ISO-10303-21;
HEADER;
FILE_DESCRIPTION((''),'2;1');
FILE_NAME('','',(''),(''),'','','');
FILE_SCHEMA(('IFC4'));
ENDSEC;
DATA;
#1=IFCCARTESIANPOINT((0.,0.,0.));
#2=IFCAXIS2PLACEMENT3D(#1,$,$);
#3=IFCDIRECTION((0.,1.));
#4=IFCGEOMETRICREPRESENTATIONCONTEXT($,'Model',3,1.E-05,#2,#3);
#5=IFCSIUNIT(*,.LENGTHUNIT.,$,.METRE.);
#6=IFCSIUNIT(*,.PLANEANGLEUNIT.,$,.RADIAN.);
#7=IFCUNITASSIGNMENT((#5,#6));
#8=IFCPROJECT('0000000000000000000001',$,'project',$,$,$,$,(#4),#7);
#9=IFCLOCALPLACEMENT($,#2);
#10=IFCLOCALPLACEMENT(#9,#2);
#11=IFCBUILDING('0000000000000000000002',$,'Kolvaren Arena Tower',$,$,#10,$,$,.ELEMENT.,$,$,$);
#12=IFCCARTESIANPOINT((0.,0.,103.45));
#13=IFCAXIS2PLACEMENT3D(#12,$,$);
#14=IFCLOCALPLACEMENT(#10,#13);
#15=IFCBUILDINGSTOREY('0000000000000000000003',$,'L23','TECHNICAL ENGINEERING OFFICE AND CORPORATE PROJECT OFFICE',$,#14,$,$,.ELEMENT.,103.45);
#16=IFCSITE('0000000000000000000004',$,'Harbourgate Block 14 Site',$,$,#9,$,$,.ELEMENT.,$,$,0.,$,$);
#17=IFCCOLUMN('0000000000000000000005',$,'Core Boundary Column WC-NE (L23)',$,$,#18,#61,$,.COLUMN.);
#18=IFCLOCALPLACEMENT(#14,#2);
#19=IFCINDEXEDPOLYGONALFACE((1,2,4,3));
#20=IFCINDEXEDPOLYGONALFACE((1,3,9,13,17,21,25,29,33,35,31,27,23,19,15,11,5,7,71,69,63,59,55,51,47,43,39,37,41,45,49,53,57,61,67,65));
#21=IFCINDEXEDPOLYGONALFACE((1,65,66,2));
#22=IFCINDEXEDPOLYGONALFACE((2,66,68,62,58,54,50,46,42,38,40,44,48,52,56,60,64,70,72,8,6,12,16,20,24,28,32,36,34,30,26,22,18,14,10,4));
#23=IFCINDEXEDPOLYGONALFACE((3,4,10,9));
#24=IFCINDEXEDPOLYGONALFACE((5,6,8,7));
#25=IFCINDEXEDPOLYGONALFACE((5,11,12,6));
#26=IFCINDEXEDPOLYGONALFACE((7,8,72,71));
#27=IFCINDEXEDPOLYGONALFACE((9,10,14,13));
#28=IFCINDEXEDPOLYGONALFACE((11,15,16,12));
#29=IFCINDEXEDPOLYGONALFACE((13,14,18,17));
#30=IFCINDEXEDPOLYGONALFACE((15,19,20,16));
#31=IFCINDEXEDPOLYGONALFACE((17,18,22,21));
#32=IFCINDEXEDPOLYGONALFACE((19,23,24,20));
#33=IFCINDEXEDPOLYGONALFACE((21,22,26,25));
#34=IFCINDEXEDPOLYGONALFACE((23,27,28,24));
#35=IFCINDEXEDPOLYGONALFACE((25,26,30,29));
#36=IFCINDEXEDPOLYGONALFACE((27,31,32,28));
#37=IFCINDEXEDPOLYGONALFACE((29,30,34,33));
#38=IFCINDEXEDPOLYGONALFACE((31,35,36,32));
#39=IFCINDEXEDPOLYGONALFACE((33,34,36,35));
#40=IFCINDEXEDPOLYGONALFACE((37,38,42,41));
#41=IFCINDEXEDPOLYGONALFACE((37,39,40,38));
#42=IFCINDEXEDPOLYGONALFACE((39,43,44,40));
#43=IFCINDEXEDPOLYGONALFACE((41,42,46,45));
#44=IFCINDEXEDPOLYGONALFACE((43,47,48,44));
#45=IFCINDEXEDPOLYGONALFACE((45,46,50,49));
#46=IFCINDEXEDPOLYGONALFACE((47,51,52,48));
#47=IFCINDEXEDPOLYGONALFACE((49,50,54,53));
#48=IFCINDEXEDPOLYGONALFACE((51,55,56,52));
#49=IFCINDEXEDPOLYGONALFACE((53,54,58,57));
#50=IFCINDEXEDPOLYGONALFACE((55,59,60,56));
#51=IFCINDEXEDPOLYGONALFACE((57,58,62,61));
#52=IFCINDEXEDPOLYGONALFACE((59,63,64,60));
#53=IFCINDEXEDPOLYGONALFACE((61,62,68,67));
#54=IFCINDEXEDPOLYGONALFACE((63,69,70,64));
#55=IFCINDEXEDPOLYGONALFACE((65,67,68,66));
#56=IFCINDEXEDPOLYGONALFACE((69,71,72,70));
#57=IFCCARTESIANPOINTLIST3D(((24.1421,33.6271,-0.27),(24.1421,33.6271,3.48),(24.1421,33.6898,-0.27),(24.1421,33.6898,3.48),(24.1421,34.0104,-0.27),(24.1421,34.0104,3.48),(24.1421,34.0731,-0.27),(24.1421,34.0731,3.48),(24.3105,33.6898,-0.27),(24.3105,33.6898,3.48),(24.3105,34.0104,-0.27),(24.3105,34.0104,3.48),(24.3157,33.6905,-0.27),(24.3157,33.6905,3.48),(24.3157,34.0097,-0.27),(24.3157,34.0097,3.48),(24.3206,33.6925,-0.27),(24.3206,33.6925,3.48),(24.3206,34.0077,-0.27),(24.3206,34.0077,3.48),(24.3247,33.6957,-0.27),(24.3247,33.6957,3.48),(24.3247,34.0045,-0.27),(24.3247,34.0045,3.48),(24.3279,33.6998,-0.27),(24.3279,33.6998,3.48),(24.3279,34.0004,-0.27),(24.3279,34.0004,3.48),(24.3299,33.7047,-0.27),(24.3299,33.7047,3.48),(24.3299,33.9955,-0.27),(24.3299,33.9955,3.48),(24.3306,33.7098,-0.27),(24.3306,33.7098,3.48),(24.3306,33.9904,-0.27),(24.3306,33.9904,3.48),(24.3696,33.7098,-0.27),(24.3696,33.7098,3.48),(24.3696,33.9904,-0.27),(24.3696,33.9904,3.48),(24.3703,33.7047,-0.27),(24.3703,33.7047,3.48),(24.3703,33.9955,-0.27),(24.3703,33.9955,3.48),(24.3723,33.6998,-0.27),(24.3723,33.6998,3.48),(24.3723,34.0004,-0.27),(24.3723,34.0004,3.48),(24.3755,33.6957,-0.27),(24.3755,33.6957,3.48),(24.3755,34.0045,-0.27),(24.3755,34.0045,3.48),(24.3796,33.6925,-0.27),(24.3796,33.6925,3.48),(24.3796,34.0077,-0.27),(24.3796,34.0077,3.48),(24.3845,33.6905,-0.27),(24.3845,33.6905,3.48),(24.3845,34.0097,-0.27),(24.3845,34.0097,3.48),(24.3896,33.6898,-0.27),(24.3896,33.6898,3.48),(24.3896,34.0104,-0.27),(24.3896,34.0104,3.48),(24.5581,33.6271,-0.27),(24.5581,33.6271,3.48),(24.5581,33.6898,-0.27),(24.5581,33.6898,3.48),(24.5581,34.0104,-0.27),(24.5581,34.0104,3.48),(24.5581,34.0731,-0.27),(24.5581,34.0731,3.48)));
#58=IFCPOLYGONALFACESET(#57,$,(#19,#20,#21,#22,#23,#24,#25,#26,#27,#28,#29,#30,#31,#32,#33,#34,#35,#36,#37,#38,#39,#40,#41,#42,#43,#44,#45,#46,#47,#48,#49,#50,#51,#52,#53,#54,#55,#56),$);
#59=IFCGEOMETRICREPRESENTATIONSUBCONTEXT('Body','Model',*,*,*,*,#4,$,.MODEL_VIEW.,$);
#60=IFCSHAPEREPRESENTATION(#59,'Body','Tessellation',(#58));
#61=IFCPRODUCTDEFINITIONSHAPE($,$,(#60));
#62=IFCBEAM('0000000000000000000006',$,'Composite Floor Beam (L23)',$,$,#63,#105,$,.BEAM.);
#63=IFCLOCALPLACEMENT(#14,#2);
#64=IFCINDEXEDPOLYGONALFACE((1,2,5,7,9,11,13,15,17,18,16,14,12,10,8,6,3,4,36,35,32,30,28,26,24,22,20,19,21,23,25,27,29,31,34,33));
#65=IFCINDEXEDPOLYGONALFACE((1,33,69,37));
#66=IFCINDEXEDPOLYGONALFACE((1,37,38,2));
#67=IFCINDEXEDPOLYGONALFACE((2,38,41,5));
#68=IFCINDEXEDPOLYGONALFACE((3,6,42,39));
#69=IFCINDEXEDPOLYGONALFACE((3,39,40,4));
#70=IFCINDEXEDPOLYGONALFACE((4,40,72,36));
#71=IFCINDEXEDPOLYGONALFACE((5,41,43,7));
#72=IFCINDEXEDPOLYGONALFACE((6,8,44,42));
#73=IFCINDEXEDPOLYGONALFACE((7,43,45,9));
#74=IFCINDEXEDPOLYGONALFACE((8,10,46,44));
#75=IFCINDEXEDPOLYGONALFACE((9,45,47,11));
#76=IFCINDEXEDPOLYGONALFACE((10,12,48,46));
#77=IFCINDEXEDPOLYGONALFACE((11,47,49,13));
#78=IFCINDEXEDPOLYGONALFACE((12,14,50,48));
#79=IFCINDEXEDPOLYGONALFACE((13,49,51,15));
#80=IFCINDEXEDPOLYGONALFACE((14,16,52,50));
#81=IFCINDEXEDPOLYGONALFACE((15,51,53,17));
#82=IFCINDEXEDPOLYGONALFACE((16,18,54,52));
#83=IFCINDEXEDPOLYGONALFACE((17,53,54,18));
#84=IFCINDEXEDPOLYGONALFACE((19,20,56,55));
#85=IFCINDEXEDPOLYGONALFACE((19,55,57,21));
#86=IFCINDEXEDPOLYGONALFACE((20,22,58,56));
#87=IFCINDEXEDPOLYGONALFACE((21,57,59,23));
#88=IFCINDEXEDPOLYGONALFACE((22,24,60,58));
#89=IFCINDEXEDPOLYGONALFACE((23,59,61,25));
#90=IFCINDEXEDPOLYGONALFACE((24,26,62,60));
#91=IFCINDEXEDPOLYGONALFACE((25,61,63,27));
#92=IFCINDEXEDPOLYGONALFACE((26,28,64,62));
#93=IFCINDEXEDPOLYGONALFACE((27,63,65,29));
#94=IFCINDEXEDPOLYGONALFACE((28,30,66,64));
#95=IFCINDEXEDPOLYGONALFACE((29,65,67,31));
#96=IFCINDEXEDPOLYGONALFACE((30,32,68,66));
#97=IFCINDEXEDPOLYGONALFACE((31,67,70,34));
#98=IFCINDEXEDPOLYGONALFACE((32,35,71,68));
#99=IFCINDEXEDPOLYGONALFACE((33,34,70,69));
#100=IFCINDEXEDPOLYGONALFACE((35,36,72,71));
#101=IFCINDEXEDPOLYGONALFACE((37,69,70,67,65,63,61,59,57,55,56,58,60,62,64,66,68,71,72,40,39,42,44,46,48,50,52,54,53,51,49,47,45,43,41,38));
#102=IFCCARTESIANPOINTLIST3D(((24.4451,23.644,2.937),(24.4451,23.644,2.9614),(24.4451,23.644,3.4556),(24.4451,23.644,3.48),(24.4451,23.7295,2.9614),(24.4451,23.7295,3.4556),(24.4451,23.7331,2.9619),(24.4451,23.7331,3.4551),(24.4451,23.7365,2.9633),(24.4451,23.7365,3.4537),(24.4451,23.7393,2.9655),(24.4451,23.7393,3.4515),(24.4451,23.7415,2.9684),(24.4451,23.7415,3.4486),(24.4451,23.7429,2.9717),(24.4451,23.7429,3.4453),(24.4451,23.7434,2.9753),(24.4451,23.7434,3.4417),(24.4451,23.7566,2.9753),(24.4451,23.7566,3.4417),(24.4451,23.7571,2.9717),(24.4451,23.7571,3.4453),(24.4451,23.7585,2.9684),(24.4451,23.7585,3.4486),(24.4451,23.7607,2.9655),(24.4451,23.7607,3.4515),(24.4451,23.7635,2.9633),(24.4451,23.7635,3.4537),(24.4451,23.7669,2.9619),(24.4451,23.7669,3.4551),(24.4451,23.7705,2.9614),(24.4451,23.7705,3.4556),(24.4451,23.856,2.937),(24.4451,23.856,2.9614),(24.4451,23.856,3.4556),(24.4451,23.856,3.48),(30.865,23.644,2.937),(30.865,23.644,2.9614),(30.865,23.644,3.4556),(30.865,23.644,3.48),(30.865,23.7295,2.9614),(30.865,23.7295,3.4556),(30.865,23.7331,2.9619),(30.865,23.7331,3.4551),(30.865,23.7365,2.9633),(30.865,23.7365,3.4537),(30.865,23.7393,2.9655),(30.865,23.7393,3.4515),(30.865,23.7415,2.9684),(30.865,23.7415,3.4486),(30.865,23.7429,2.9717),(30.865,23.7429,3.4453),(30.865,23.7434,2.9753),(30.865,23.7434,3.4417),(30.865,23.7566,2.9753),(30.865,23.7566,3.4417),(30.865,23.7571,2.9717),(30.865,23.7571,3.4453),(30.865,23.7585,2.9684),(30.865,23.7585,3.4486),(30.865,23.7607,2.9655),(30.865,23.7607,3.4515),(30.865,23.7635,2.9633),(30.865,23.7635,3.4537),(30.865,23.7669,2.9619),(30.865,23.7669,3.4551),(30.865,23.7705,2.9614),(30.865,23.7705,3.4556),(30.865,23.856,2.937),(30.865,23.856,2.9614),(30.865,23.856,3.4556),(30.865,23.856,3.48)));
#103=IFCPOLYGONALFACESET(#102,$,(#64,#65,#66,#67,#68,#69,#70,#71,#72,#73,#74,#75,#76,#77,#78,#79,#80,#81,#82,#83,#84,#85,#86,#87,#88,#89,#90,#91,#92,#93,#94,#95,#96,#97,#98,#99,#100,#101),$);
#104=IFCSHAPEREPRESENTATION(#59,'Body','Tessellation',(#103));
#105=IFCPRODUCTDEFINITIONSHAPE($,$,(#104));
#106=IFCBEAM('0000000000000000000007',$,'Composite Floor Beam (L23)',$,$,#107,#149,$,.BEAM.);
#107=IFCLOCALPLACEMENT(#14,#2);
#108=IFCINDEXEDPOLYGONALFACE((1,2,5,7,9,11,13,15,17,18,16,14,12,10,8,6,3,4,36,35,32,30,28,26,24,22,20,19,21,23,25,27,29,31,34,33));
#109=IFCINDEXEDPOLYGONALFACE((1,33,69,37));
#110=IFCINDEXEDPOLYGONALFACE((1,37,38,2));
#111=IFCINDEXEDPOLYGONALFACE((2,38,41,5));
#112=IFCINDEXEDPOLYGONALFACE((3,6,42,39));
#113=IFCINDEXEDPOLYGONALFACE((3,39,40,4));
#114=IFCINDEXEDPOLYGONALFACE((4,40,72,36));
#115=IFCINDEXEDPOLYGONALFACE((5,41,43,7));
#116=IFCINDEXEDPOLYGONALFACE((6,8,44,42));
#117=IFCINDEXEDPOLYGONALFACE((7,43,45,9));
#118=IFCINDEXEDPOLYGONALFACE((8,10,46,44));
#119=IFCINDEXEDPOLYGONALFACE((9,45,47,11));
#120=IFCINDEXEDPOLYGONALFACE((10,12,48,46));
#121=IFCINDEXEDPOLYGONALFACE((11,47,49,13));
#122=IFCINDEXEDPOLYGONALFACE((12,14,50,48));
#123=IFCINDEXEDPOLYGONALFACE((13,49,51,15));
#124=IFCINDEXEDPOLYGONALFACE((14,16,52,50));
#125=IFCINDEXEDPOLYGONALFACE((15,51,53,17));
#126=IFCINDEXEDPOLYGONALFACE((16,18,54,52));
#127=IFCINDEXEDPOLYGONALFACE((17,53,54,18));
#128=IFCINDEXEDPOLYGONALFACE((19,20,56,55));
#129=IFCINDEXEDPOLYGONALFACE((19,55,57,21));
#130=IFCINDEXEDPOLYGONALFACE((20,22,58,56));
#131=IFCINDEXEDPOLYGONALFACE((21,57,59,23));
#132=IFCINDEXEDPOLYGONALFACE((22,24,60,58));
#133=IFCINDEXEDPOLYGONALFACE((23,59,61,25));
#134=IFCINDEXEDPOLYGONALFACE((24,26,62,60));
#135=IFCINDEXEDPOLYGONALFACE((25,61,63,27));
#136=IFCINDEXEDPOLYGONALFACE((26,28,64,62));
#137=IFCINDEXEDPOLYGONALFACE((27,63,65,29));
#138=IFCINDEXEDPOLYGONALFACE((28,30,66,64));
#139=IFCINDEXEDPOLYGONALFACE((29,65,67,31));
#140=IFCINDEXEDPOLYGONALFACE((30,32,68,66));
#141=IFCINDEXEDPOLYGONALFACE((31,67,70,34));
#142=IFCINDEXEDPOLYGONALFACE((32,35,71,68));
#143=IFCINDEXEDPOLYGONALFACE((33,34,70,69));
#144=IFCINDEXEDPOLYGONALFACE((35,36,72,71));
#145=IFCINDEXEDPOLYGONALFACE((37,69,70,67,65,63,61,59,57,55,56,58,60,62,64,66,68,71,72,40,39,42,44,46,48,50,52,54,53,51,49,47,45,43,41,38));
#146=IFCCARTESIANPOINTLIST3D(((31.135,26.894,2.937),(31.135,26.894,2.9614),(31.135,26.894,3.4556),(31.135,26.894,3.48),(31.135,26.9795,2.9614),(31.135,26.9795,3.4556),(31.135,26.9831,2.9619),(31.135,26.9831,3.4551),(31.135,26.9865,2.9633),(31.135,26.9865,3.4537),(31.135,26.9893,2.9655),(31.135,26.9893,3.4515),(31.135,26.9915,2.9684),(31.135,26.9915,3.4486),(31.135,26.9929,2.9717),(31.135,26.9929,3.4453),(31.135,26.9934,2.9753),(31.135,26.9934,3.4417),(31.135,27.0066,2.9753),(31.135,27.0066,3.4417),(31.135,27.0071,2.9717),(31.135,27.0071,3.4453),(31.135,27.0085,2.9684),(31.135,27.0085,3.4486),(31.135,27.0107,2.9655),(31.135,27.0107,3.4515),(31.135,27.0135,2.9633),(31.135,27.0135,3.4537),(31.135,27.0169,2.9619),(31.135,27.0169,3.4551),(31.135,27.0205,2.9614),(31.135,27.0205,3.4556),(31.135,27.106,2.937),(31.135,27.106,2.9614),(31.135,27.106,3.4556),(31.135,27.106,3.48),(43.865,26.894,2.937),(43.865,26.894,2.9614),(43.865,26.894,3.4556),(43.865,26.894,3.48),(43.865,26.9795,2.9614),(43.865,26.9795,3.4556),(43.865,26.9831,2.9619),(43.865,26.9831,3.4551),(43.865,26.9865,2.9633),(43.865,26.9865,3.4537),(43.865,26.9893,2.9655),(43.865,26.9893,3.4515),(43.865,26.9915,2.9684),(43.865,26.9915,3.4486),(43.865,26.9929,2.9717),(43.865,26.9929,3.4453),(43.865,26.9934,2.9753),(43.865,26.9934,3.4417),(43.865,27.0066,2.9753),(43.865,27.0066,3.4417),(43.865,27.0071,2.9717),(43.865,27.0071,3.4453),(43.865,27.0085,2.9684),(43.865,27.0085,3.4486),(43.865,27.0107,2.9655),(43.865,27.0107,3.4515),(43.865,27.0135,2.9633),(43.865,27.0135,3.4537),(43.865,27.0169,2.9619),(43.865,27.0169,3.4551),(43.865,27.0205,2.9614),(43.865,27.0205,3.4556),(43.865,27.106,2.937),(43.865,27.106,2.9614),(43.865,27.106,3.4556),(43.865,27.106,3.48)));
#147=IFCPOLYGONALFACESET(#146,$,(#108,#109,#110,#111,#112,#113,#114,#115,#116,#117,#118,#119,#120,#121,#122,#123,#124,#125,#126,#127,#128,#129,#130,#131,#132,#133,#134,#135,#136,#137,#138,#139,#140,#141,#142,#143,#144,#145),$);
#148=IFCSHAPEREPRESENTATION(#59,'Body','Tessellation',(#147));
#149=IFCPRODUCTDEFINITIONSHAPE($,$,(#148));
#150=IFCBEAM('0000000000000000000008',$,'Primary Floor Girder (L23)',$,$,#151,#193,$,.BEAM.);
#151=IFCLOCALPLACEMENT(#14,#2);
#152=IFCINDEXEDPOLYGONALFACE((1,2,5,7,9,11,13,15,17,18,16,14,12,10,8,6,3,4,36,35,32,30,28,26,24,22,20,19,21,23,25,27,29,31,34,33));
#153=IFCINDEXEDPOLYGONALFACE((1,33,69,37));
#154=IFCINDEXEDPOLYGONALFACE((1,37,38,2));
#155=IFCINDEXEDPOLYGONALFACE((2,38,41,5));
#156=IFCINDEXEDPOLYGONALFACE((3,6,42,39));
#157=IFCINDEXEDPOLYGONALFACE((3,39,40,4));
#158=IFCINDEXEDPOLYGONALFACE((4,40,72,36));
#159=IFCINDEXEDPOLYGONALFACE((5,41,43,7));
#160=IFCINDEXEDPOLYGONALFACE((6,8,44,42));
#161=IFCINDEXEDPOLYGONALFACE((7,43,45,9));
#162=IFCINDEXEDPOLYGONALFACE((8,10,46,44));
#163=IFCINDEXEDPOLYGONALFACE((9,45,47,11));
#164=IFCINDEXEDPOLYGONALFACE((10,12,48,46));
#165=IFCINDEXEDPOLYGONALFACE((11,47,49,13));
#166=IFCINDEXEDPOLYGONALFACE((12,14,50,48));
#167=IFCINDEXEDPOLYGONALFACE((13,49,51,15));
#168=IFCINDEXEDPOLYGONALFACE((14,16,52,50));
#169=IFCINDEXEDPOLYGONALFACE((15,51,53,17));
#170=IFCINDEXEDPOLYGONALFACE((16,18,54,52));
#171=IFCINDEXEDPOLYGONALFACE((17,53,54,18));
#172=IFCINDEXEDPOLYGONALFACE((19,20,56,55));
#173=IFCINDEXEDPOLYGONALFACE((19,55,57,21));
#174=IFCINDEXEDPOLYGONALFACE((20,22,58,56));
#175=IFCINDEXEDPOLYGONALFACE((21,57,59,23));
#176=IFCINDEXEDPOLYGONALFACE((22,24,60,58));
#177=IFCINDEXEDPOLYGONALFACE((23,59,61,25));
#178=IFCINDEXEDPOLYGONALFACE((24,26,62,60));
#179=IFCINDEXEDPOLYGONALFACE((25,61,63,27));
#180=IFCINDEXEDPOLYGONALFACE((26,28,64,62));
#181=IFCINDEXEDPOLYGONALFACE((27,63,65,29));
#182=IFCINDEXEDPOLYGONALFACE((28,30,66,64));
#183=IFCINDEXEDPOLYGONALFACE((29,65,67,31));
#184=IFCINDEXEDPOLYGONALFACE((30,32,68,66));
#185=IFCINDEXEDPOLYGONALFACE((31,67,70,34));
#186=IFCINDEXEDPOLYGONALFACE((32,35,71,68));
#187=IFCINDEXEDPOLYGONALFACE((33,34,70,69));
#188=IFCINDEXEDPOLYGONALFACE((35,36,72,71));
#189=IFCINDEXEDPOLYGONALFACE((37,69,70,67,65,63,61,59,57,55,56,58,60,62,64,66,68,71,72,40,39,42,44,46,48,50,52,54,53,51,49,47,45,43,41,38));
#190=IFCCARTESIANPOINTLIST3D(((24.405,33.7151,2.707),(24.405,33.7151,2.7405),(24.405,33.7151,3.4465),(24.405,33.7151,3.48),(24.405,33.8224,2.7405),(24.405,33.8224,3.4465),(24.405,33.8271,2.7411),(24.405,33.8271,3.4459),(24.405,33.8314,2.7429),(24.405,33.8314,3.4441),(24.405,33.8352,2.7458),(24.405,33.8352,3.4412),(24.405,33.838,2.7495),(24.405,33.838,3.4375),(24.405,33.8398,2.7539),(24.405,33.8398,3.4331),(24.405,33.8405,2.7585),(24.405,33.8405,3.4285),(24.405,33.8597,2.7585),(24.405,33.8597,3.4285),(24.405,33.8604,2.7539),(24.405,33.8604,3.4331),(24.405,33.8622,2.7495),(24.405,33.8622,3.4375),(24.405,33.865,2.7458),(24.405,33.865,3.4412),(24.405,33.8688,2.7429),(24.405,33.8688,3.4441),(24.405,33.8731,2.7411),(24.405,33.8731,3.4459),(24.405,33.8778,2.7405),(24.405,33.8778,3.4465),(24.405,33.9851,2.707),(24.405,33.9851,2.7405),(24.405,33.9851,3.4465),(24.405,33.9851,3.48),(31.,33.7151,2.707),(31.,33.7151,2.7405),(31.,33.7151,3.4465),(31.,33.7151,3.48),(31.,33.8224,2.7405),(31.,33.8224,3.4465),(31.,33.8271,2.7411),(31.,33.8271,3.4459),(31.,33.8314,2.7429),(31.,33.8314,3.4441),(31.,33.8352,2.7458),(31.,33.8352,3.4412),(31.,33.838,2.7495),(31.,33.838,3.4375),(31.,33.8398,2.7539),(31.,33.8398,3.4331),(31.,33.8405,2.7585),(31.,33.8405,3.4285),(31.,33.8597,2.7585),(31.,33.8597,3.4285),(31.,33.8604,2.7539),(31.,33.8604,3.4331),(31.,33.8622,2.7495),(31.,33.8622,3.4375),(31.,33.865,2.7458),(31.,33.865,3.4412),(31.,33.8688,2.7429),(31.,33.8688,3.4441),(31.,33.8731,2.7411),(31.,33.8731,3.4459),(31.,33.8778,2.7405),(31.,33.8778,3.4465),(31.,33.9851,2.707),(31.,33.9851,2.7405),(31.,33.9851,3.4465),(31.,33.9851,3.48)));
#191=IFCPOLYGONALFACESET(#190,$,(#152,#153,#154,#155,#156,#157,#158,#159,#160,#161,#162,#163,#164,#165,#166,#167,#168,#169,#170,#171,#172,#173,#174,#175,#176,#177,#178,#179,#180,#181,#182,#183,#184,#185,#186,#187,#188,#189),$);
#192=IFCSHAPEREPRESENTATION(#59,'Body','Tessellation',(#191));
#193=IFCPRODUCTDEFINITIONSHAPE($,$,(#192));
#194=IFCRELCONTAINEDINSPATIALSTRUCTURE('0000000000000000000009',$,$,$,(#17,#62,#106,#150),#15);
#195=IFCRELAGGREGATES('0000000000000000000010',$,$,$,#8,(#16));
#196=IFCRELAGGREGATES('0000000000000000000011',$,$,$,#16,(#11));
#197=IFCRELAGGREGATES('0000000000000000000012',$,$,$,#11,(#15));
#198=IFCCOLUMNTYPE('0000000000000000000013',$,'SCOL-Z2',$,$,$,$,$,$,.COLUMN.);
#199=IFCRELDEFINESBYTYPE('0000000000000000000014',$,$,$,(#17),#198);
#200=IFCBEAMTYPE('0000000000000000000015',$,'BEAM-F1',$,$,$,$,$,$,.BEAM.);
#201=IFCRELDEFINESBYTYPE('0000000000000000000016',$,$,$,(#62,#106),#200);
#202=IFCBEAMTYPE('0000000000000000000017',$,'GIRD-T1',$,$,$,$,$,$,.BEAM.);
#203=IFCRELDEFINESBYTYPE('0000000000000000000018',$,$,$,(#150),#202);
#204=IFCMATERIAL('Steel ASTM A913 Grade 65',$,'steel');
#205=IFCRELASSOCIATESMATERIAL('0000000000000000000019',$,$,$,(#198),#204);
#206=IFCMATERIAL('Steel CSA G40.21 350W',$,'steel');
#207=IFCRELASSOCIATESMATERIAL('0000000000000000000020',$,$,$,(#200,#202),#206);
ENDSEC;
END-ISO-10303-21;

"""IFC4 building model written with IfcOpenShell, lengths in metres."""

from ifc_helpers import new_model, si_unit, direction, frame, origin, origin_2d, place, context, subcontext, project, spatial, i_section, extrude, material, material_profile, profile_set, type_object, element, save


model = new_model("IFC4")

# Units and contexts
model_context = context("Model", 3, precision=1e-05, world=origin(), true_north=direction((0.0, 1.0)))
body_context = subcontext(model_context, "Body", "Model", "MODEL_VIEW")
ifc_project = project(units=[si_unit("LENGTHUNIT", "METRE"), si_unit("PLANEANGLEUNIT", "RADIAN")], contexts=[model_context])

# Site, building, storey
site_placement = place(None, origin())
site = spatial("IfcSite", under=ifc_project, at=site_placement, Name="Harbourgate Block 14 Site", CompositionType="ELEMENT", RefElevation=0.0)
building_placement = place(site_placement, origin())
building = spatial("IfcBuilding", under=site, at=building_placement, Name="Kolvaren Arena Tower", CompositionType="ELEMENT")
storey_placement = place(building_placement, frame((0.0, 0.0, 103.45)))
storey = spatial("IfcBuildingStorey", under=building, at=storey_placement, Name="L23", Description="TECHNICAL ENGINEERING OFFICE AND CORPORATE PROJECT OFFICE", CompositionType="ELEMENT", Elevation=103.45)

# Column
ifc_material_1 = material(Name="Steel ASTM A913 Grade 65", Category="steel")
ifc_material_profile_1 = material_profile(ifc_material_1, i_section(OverallWidth=0.416, OverallDepth=0.446, WebThickness=0.0391, FlangeThickness=0.0627, FilletRadius=0.02, at=origin_2d()), Name="W360x509")
ifc_profile_set_1 = profile_set([ifc_material_profile_1], Name="Steel ASTM A913 Grade 65")
column_type = type_object("IfcColumnType", Name="SCOL-Z2", PredefinedType="COLUMN", material=ifc_profile_set_1)
column_placement = place(storey_placement, frame((24.3501, 33.8501, -0.27), z_axis=(0.0, 0.0, 1.0), x_axis=(1.0, 0.0, 0.0)))
element("IfcColumn", 1, at=column_placement, inside=storey, type_object=column_type, Name="Core Boundary Column WC-NE (L23)", PredefinedType="COLUMN", context=body_context, shape_type="SweptSolid", body=[
    extrude(i_section(OverallWidth=0.416, OverallDepth=0.446, WebThickness=0.0391, FlangeThickness=0.0627, FilletRadius=0.02, at=origin_2d()), origin(), (0.0, 0.0, 1.0), 3.75),
])

# Beams
ifc_material_2 = material(Name="Steel CSA G40.21 350W", Category="steel")
ifc_material_profile_2 = material_profile(ifc_material_2, i_section(OverallWidth=0.2119, OverallDepth=0.543, WebThickness=0.0132, FlangeThickness=0.0244, FilletRadius=0.0139, at=origin_2d()), Name="W530x150")
ifc_profile_set_2 = profile_set([ifc_material_profile_2], Name="Steel CSA G40.21 350W")
beam_type_1 = type_object("IfcBeamType", Name="BEAM-F1", PredefinedType="BEAM", material=ifc_profile_set_2)
beam_1_placement = place(storey_placement, frame((24.4451, 23.75, 3.2085), z_axis=(1.0, 0.0, 0.0), x_axis=(0.0, 1.0, 0.0)))
element("IfcBeam", 2, at=beam_1_placement, inside=storey, type_object=beam_type_1, Name="Composite Floor Beam (L23)", PredefinedType="BEAM", context=body_context, shape_type="SweptSolid", body=[
    extrude(i_section(OverallWidth=0.2119, OverallDepth=0.543, WebThickness=0.0132, FlangeThickness=0.0244, FilletRadius=0.0139, at=origin_2d()), origin(), (0.0, 0.0, 1.0), 6.4199),
])
beam_2_placement = place(storey_placement, frame((31.135, 27.0, 3.2085), z_axis=(1.0, 0.0, 0.0), x_axis=(0.0, 1.0, 0.0)))
element("IfcBeam", 3, at=beam_2_placement, inside=storey, type_object=beam_type_1, Name="Composite Floor Beam (L23)", PredefinedType="BEAM", context=body_context, shape_type="SweptSolid", body=[
    extrude(i_section(OverallWidth=0.2119, OverallDepth=0.543, WebThickness=0.0132, FlangeThickness=0.0244, FilletRadius=0.0139, at=origin_2d()), origin(), (0.0, 0.0, 1.0), 12.73),
])
ifc_material_profile_3 = material_profile(ifc_material_2, i_section(OverallWidth=0.27, OverallDepth=0.7729, WebThickness=0.0193, FlangeThickness=0.0334, FilletRadius=0.0181, at=origin_2d()), Name="W760x257")
ifc_profile_set_3 = profile_set([ifc_material_profile_3], Name="Steel CSA G40.21 350W")
beam_type_2 = type_object("IfcBeamType", Name="GIRD-T1", PredefinedType="BEAM", material=ifc_profile_set_3)
beam_3_placement = place(storey_placement, frame((24.405, 33.8501, 3.0935), z_axis=(1.0, 0.0, 0.0), x_axis=(0.0, 1.0, 0.0)))
element("IfcBeam", 4, at=beam_3_placement, inside=storey, type_object=beam_type_2, Name="Primary Floor Girder (L23)", PredefinedType="BEAM", context=body_context, shape_type="SweptSolid", body=[
    extrude(i_section(OverallWidth=0.27, OverallDepth=0.7729, WebThickness=0.0193, FlangeThickness=0.0334, FilletRadius=0.0181, at=origin_2d()), origin(), (0.0, 0.0, 1.0), 6.595),
])

save(model, "model.ifc")
